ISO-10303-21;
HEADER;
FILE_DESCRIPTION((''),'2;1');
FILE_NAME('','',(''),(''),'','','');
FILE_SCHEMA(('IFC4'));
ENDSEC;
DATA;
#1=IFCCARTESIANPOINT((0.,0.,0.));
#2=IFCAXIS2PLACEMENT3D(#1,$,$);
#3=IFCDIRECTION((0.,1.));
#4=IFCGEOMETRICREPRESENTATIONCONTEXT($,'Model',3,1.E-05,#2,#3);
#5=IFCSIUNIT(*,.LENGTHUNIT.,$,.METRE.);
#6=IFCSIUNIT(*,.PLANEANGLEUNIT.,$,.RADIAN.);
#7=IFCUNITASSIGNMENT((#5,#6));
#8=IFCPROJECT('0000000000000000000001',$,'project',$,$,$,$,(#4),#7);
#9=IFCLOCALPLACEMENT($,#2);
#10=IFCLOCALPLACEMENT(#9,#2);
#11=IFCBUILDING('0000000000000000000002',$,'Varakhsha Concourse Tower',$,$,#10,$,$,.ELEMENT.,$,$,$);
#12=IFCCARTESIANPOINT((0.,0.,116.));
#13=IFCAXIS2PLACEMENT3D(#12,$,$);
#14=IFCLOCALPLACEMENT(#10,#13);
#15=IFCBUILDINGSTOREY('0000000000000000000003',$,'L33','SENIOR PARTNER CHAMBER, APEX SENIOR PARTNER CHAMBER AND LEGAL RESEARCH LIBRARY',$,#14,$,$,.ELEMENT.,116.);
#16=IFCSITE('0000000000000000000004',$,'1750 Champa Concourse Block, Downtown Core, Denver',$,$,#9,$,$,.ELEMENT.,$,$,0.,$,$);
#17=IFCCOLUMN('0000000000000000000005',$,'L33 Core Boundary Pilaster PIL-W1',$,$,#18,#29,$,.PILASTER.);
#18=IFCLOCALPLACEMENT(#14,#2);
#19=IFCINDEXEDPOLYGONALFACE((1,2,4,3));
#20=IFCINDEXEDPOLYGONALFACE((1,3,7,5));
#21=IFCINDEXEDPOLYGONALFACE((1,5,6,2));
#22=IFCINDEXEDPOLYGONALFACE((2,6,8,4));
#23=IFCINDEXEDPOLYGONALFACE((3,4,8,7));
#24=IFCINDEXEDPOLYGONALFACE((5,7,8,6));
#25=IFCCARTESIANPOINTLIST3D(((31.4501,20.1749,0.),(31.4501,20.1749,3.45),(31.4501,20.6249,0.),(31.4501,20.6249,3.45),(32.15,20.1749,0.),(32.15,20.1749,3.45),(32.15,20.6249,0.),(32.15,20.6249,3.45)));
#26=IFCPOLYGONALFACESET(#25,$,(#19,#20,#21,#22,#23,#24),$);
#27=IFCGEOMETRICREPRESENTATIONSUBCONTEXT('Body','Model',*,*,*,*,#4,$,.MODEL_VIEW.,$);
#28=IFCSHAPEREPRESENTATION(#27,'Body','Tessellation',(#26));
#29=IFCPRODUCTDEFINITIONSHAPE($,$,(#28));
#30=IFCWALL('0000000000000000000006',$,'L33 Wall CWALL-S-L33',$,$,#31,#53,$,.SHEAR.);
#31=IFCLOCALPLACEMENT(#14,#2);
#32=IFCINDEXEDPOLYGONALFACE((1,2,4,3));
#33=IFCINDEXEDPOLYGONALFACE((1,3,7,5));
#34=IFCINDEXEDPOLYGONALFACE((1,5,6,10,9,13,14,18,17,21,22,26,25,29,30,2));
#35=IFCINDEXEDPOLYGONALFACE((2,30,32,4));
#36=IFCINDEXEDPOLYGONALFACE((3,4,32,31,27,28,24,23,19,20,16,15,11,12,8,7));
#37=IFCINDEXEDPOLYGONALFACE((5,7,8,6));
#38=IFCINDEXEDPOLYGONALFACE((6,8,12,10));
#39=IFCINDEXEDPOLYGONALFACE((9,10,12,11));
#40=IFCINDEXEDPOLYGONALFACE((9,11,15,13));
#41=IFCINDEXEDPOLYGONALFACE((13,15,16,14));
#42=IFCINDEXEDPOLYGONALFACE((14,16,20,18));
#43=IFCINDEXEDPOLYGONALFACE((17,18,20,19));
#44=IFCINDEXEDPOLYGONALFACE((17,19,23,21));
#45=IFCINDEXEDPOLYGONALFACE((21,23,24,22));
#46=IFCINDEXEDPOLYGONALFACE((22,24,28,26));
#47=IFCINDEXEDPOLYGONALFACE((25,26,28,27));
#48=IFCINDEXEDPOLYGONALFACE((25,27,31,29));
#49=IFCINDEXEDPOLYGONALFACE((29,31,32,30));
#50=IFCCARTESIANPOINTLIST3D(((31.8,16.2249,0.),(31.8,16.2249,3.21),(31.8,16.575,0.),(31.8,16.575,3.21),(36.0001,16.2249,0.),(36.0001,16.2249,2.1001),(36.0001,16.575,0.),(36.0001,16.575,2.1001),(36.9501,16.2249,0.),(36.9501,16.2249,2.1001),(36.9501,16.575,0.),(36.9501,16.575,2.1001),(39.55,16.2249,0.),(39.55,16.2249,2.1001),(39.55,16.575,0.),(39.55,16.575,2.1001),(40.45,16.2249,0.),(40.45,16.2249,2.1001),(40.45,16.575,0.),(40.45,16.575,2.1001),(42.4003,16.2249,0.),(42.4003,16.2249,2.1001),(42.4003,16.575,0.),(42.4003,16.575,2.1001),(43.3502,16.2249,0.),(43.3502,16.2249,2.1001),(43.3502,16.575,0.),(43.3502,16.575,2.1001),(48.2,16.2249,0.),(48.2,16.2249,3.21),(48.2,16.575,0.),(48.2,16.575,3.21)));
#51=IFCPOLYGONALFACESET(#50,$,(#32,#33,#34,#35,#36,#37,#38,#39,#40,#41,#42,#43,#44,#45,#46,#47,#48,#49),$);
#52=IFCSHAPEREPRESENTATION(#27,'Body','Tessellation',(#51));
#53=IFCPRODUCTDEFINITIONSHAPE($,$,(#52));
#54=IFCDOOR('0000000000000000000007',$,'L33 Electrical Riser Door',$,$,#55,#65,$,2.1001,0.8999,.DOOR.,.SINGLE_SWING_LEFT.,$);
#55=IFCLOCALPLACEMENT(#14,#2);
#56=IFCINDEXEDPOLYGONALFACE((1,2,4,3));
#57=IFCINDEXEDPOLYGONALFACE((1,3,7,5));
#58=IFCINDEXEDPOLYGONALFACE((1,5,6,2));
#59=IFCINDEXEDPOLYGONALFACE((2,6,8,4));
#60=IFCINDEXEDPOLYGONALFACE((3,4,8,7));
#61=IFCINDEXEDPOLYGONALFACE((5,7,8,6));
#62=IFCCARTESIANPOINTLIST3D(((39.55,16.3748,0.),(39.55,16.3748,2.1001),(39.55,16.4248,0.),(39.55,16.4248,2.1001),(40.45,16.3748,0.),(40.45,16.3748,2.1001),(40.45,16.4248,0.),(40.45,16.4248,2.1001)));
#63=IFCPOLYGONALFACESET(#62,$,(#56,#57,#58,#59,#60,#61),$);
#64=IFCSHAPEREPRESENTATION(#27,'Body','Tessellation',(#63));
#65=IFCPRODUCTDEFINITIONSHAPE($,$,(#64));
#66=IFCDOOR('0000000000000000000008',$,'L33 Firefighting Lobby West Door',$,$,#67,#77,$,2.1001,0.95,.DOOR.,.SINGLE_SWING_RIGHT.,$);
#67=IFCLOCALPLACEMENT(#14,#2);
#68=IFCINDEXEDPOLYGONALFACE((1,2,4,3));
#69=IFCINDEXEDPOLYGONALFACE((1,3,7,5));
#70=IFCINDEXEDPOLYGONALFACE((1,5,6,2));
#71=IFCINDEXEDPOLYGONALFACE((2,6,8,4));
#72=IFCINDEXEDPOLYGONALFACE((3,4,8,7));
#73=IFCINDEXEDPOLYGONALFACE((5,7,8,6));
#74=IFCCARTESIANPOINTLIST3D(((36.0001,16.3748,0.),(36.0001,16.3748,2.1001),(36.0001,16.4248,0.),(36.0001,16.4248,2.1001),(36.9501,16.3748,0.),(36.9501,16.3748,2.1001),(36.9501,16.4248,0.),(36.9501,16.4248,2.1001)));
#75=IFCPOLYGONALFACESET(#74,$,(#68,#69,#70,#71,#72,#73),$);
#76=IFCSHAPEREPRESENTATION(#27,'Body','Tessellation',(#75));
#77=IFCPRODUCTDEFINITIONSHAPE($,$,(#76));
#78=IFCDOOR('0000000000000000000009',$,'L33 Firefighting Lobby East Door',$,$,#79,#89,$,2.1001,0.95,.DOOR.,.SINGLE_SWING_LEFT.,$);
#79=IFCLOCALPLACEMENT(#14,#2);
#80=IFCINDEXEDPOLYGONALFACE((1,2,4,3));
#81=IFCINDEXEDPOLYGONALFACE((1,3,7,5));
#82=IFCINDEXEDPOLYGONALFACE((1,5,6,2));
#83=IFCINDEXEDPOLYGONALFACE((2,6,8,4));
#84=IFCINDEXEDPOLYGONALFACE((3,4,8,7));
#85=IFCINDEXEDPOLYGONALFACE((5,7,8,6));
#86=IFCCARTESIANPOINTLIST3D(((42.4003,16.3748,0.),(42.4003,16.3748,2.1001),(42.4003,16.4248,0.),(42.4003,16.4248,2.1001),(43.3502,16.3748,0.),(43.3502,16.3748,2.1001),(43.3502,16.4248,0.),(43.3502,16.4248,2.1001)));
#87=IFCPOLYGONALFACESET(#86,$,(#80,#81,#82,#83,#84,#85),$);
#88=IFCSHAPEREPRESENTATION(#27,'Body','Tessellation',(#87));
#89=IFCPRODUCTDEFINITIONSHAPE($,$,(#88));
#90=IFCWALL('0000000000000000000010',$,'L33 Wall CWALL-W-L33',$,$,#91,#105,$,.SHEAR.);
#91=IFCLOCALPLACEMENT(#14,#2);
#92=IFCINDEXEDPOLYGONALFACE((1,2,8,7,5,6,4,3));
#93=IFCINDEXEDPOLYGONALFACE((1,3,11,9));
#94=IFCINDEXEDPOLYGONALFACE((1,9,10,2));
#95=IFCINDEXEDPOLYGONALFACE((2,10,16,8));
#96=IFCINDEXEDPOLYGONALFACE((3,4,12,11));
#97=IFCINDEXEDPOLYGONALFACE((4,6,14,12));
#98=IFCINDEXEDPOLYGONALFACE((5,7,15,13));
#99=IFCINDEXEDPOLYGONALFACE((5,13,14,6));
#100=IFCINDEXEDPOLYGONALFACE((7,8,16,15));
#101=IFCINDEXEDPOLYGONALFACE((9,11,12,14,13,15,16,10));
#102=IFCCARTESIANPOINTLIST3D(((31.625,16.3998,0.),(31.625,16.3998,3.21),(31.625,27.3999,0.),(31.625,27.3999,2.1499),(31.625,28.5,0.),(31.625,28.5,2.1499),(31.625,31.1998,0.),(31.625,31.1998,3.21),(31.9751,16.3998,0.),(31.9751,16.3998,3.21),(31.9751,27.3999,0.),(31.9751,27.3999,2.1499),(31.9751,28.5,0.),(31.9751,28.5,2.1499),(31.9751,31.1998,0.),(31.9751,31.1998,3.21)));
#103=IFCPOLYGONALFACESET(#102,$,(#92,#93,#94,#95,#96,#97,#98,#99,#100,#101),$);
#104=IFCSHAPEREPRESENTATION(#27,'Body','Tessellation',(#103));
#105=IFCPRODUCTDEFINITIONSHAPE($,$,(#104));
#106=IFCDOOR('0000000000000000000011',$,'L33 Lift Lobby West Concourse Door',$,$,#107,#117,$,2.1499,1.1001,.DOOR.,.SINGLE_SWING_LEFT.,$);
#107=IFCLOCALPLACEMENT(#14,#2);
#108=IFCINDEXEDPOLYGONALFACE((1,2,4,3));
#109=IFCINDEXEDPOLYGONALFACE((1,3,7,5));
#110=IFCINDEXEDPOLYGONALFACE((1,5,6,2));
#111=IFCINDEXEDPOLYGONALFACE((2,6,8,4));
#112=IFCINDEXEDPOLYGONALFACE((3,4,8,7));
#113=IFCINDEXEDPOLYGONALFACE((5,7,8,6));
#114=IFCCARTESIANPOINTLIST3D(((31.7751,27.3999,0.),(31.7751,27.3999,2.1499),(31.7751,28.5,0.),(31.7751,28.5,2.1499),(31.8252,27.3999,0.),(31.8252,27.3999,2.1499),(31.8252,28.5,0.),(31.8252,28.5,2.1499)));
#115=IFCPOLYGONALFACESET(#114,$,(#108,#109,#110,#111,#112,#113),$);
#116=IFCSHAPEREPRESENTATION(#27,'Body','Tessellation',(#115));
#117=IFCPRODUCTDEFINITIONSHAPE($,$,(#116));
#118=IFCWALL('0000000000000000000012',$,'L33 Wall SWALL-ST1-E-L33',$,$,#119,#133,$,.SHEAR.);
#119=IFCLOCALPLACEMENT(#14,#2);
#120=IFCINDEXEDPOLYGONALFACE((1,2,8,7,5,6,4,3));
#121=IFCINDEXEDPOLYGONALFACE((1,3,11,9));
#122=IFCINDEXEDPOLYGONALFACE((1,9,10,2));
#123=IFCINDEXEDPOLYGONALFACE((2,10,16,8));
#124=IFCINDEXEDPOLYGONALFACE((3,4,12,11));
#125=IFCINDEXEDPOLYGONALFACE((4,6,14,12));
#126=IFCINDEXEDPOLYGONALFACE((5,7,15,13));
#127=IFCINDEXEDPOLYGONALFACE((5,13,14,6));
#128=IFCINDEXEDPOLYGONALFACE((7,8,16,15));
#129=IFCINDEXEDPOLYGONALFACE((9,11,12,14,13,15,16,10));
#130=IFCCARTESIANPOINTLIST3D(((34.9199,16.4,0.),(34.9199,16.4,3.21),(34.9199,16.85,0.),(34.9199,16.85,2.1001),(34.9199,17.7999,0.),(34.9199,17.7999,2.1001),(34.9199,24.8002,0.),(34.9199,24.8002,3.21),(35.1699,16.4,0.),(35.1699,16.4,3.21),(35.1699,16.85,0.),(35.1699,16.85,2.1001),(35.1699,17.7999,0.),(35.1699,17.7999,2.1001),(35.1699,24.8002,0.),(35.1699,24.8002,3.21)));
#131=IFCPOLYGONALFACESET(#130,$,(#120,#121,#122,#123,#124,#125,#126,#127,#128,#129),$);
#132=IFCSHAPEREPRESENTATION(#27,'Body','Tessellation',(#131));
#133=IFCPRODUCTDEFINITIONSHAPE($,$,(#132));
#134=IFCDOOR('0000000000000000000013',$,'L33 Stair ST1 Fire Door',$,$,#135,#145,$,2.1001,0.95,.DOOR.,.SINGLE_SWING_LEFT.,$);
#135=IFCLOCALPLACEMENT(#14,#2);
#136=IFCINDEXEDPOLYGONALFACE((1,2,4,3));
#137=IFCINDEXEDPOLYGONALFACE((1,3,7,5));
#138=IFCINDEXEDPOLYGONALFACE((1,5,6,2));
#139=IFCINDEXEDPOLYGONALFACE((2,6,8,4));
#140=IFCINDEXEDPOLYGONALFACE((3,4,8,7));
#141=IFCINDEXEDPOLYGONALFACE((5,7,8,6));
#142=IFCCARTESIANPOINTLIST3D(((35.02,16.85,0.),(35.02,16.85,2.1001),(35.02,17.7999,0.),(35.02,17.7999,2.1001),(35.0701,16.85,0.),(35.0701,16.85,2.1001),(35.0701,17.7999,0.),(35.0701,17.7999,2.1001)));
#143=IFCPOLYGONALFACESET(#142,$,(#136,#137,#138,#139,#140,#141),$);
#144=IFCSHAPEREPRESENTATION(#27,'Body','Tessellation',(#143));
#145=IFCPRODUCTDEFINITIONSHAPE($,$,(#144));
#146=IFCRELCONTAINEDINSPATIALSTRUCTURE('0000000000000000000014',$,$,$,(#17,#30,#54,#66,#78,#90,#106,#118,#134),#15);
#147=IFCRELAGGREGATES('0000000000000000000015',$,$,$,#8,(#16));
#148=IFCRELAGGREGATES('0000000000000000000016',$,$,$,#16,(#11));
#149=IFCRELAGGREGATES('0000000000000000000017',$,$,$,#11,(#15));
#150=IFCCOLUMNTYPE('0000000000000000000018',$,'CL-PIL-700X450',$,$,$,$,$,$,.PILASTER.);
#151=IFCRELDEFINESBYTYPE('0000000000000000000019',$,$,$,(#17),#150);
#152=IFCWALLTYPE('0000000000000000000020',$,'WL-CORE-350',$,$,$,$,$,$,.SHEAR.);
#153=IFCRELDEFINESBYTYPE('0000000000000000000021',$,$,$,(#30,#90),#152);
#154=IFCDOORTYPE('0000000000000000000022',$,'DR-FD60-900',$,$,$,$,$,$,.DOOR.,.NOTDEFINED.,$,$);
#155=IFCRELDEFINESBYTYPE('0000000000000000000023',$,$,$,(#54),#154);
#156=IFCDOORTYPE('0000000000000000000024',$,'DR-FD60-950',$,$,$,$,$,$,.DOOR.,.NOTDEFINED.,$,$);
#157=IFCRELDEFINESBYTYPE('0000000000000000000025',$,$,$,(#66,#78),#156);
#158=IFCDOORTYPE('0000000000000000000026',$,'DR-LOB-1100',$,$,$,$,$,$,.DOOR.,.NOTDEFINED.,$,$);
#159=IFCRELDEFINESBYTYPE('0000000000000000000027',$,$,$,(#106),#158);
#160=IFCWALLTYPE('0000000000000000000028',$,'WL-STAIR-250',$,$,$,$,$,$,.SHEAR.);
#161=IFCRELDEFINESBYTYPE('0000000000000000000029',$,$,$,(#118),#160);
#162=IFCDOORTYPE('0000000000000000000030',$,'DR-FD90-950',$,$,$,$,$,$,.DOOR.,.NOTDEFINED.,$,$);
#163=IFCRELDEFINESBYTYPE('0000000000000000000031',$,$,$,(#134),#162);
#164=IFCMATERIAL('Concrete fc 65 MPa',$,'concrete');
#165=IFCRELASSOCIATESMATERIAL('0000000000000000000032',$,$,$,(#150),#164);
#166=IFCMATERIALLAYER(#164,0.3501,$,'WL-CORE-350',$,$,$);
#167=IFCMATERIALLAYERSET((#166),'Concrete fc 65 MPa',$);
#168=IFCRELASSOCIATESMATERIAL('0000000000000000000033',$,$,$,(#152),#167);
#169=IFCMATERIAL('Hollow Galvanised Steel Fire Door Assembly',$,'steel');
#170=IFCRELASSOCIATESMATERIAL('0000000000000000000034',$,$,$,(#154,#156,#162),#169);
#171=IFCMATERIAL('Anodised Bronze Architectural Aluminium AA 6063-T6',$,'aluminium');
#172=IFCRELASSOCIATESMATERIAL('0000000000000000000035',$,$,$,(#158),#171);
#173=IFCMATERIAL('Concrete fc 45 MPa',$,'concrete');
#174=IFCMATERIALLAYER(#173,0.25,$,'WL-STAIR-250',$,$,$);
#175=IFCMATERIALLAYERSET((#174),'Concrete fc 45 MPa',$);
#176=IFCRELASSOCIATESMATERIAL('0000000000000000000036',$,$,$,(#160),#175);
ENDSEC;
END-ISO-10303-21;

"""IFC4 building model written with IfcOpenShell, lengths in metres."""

from ifc_helpers import new_model, si_unit, direction, frame, frame_2d, origin, origin_2d, place, context, subcontext, project, spatial, rectangle, extrude, material, layer, layer_set, material_profile, profile_set, type_object, element, fill, save


model = new_model("IFC4")

# Units and contexts
model_context = context("Model", 3, precision=1e-05, world=origin(), true_north=direction((0.0, 1.0)))
body_context = subcontext(model_context, "Body", "Model", "MODEL_VIEW")
ifc_project = project(units=[si_unit("LENGTHUNIT", "METRE"), si_unit("PLANEANGLEUNIT", "RADIAN")], contexts=[model_context])

# Site, building, storey
site_placement = place(None, origin())
site = spatial("IfcSite", under=ifc_project, at=site_placement, Name="1750 Champa Concourse Block, Downtown Core, Denver", CompositionType="ELEMENT", RefElevation=0.0)
building_placement = place(site_placement, origin())
building = spatial("IfcBuilding", under=site, at=building_placement, Name="Varakhsha Concourse Tower", CompositionType="ELEMENT")
storey_placement = place(building_placement, frame((0.0, 0.0, 116.0)))
storey = spatial("IfcBuildingStorey", under=building, at=storey_placement, Name="L33", Description="SENIOR PARTNER CHAMBER, APEX SENIOR PARTNER CHAMBER AND LEGAL RESEARCH LIBRARY", CompositionType="ELEMENT", Elevation=116.0)

# Column
ifc_material_1 = material(Name="Concrete fc 65 MPa", Category="concrete")
ifc_material_profile = material_profile(ifc_material_1, rectangle(XDim=0.7, YDim=0.45, at=origin_2d()), Name="RC 700x450")
ifc_profile_set = profile_set([ifc_material_profile], Name="Concrete fc 65 MPa")
column_type = type_object("IfcColumnType", Name="CL-PIL-700X450", PredefinedType="PILASTER", material=ifc_profile_set)
column_placement = place(storey_placement, frame((31.8, 20.3999, 0.0), z_axis=(0.0, 0.0, 1.0), x_axis=(1.0, 0.0, 0.0)))
element("IfcColumn", 1, at=column_placement, inside=storey, type_object=column_type, Name="L33 Core Boundary Pilaster PIL-W1", PredefinedType="PILASTER", context=body_context, shape_type="SweptSolid", body=[
    extrude(rectangle(XDim=0.7, YDim=0.45, at=origin_2d()), origin(), (0.0, 0.0, 1.0), 3.45),
])

# Wall, openings, doors
ifc_layer_1 = layer(ifc_material_1, 0.3501, Name="WL-CORE-350")
ifc_layer_set_1 = layer_set([ifc_layer_1], Name="Concrete fc 65 MPa")
wall_type_1 = type_object("IfcWallType", Name="WL-CORE-350", PredefinedType="SHEAR", material=ifc_layer_set_1)
wall_1_placement = place(storey_placement, frame((31.8, 16.3999, 0.0), z_axis=(0.0, 0.0, 1.0), x_axis=(1.0, 0.0, 0.0)))
wall_1 = element("IfcWall", 2, at=wall_1_placement, inside=storey, type_object=wall_type_1, Name="L33 Wall CWALL-S-L33", PredefinedType="SHEAR", context=body_context, shape_type="SweptSolid", body=[
    extrude(rectangle(XDim=16.3999, YDim=0.3501, at=frame_2d((8.2, 0.0))), origin(), (0.0, 0.0, 1.0), 3.21),
])
opening_1_placement = place(wall_1_placement, frame((7.75, 0.0, 0.0)))
opening_1 = element("IfcOpeningElement", 3, at=opening_1_placement, cuts=wall_1, PredefinedType="OPENING", context=body_context, shape_type="SweptSolid", body=[
    extrude(rectangle(XDim=0.8999, YDim=2.1001, at=frame_2d((0.45, 1.05))), frame((0.0, 0.1851, 0.0), z_axis=(0.0, -1.0, 0.0), x_axis=(1.0, 0.0, 0.0)), (0.0, 0.0, 1.0), 0.3701),
])
opening_2_placement = place(wall_1_placement, frame((4.2, 0.0, 0.0)))
opening_2 = element("IfcOpeningElement", 4, at=opening_2_placement, cuts=wall_1, PredefinedType="OPENING", context=body_context, shape_type="SweptSolid", body=[
    extrude(rectangle(XDim=0.95, YDim=2.1001, at=frame_2d((0.4751, 1.05))), frame((0.0, 0.1851, 0.0), z_axis=(0.0, -1.0, 0.0), x_axis=(1.0, 0.0, 0.0)), (0.0, 0.0, 1.0), 0.3701),
])
opening_3_placement = place(wall_1_placement, frame((10.6001, 0.0, 0.0)))
opening_3 = element("IfcOpeningElement", 5, at=opening_3_placement, cuts=wall_1, PredefinedType="OPENING", context=body_context, shape_type="SweptSolid", body=[
    extrude(rectangle(XDim=0.95, YDim=2.1001, at=frame_2d((0.4751, 1.05))), frame((0.0, 0.1851, 0.0), z_axis=(0.0, -1.0, 0.0), x_axis=(1.0, 0.0, 0.0)), (0.0, 0.0, 1.0), 0.3701),
])
ifc_material_2 = material(Name="Hollow Galvanised Steel Fire Door Assembly", Category="steel")
door_type_1 = type_object("IfcDoorType", Name="DR-FD60-900", OperationType="NOTDEFINED", PredefinedType="DOOR", material=ifc_material_2)
door_1_placement = place(opening_1_placement, origin())
door_1 = element("IfcDoor", 6, at=door_1_placement, inside=storey, type_object=door_type_1, Name="L33 Electrical Riser Door", OperationType="SINGLE_SWING_LEFT", OverallHeight=2.1001, OverallWidth=0.8999, PredefinedType="DOOR", context=body_context, shape_type="SweptSolid", body=[
    extrude(rectangle(XDim=0.8999, YDim=2.1001, at=frame_2d((0.45, 1.05))), frame((0.0, 0.0249, 0.0), z_axis=(0.0, -1.0, 0.0), x_axis=(1.0, 0.0, 0.0)), (0.0, 0.0, 1.0), 0.05),
])
fill(opening_1, door_1)
door_type_2 = type_object("IfcDoorType", Name="DR-FD60-950", OperationType="NOTDEFINED", PredefinedType="DOOR", material=ifc_material_2)
door_2_placement = place(opening_2_placement, origin())
door_2 = element("IfcDoor", 7, at=door_2_placement, inside=storey, type_object=door_type_2, Name="L33 Firefighting Lobby West Door", OperationType="SINGLE_SWING_RIGHT", OverallHeight=2.1001, OverallWidth=0.95, PredefinedType="DOOR", context=body_context, shape_type="SweptSolid", body=[
    extrude(rectangle(XDim=0.95, YDim=2.1001, at=frame_2d((0.4751, 1.05))), frame((0.0, 0.0249, 0.0), z_axis=(0.0, -1.0, 0.0), x_axis=(1.0, 0.0, 0.0)), (0.0, 0.0, 1.0), 0.05),
])
fill(opening_2, door_2)
door_3_placement = place(opening_3_placement, origin())
door_3 = element("IfcDoor", 8, at=door_3_placement, inside=storey, type_object=door_type_2, Name="L33 Firefighting Lobby East Door", OperationType="SINGLE_SWING_LEFT", OverallHeight=2.1001, OverallWidth=0.95, PredefinedType="DOOR", context=body_context, shape_type="SweptSolid", body=[
    extrude(rectangle(XDim=0.95, YDim=2.1001, at=frame_2d((0.4751, 1.05))), frame((0.0, 0.0249, 0.0), z_axis=(0.0, -1.0, 0.0), x_axis=(1.0, 0.0, 0.0)), (0.0, 0.0, 1.0), 0.05),
])
fill(opening_3, door_3)

# Walls, openings, doors
wall_2_placement = place(storey_placement, frame((31.8, 16.3999, 0.0), z_axis=(0.0, 0.0, 1.0), x_axis=(0.0, 1.0, 0.0)))
wall_2 = element("IfcWall", 9, at=wall_2_placement, inside=storey, type_object=wall_type_1, Name="L33 Wall CWALL-W-L33", PredefinedType="SHEAR", context=body_context, shape_type="SweptSolid", body=[
    extrude(rectangle(XDim=14.8, YDim=0.3501, at=frame_2d((7.3999, 0.0))), origin(), (0.0, 0.0, 1.0), 3.21),
])
opening_4_placement = place(wall_2_placement, frame((11.0, 0.0, 0.0)))
opening_4 = element("IfcOpeningElement", 10, at=opening_4_placement, cuts=wall_2, PredefinedType="OPENING", context=body_context, shape_type="SweptSolid", body=[
    extrude(rectangle(XDim=1.1001, YDim=2.1499, at=frame_2d((0.55, 1.075))), frame((0.0, 0.1851, 0.0), z_axis=(0.0, -1.0, 0.0), x_axis=(1.0, 0.0, 0.0)), (0.0, 0.0, 1.0), 0.3701),
])
ifc_material_3 = material(Name="Anodised Bronze Architectural Aluminium AA 6063-T6", Category="aluminium")
door_type_3 = type_object("IfcDoorType", Name="DR-LOB-1100", OperationType="NOTDEFINED", PredefinedType="DOOR", material=ifc_material_3)
door_4_placement = place(opening_4_placement, origin())
door_4 = element("IfcDoor", 11, at=door_4_placement, inside=storey, type_object=door_type_3, Name="L33 Lift Lobby West Concourse Door", OperationType="SINGLE_SWING_LEFT", OverallHeight=2.1499, OverallWidth=1.1001, PredefinedType="DOOR", context=body_context, shape_type="SweptSolid", body=[
    extrude(rectangle(XDim=1.1001, YDim=2.1499, at=frame_2d((0.55, 1.075))), frame((0.0, 0.0249, 0.0), z_axis=(0.0, -1.0, 0.0), x_axis=(1.0, 0.0, 0.0)), (0.0, 0.0, 1.0), 0.05),
])
fill(opening_4, door_4)
ifc_material_4 = material(Name="Concrete fc 45 MPa", Category="concrete")
ifc_layer_2 = layer(ifc_material_4, 0.25, Name="WL-STAIR-250")
ifc_layer_set_2 = layer_set([ifc_layer_2], Name="Concrete fc 45 MPa")
wall_type_2 = type_object("IfcWallType", Name="WL-STAIR-250", PredefinedType="SHEAR", material=ifc_layer_set_2)
wall_3_placement = place(storey_placement, frame((35.0449, 16.3999, 0.0), z_axis=(0.0, 0.0, 1.0), x_axis=(0.0, 1.0, 0.0)))
wall_3 = element("IfcWall", 12, at=wall_3_placement, inside=storey, type_object=wall_type_2, Name="L33 Wall SWALL-ST1-E-L33", PredefinedType="SHEAR", context=body_context, shape_type="SweptSolid", body=[
    extrude(rectangle(XDim=8.4001, YDim=0.25, at=frame_2d((4.2002, 0.0))), origin(), (0.0, 0.0, 1.0), 3.21),
])
opening_5_placement = place(wall_3_placement, frame((0.45, 0.0, 0.0)))
opening_5 = element("IfcOpeningElement", 13, at=opening_5_placement, cuts=wall_3, PredefinedType="OPENING", context=body_context, shape_type="SweptSolid", body=[
    extrude(rectangle(XDim=0.95, YDim=2.1001, at=frame_2d((0.4751, 1.05))), frame((0.0, 0.135, 0.0), z_axis=(0.0, -1.0, 0.0), x_axis=(1.0, 0.0, 0.0)), (0.0, 0.0, 1.0), 0.27),
])
door_type_4 = type_object("IfcDoorType", Name="DR-FD90-950", OperationType="NOTDEFINED", PredefinedType="DOOR", material=ifc_material_2)
door_5_placement = place(opening_5_placement, origin())
door_5 = element("IfcDoor", 14, at=door_5_placement, inside=storey, type_object=door_type_4, Name="L33 Stair ST1 Fire Door", OperationType="SINGLE_SWING_LEFT", OverallHeight=2.1001, OverallWidth=0.95, PredefinedType="DOOR", context=body_context, shape_type="SweptSolid", body=[
    extrude(rectangle(XDim=0.95, YDim=2.1001, at=frame_2d((0.4751, 1.05))), frame((0.0, 0.0249, 0.0), z_axis=(0.0, -1.0, 0.0), x_axis=(1.0, 0.0, 0.0)), (0.0, 0.0, 1.0), 0.05),
])
fill(opening_5, door_5)

save(model, "model.ifc")
